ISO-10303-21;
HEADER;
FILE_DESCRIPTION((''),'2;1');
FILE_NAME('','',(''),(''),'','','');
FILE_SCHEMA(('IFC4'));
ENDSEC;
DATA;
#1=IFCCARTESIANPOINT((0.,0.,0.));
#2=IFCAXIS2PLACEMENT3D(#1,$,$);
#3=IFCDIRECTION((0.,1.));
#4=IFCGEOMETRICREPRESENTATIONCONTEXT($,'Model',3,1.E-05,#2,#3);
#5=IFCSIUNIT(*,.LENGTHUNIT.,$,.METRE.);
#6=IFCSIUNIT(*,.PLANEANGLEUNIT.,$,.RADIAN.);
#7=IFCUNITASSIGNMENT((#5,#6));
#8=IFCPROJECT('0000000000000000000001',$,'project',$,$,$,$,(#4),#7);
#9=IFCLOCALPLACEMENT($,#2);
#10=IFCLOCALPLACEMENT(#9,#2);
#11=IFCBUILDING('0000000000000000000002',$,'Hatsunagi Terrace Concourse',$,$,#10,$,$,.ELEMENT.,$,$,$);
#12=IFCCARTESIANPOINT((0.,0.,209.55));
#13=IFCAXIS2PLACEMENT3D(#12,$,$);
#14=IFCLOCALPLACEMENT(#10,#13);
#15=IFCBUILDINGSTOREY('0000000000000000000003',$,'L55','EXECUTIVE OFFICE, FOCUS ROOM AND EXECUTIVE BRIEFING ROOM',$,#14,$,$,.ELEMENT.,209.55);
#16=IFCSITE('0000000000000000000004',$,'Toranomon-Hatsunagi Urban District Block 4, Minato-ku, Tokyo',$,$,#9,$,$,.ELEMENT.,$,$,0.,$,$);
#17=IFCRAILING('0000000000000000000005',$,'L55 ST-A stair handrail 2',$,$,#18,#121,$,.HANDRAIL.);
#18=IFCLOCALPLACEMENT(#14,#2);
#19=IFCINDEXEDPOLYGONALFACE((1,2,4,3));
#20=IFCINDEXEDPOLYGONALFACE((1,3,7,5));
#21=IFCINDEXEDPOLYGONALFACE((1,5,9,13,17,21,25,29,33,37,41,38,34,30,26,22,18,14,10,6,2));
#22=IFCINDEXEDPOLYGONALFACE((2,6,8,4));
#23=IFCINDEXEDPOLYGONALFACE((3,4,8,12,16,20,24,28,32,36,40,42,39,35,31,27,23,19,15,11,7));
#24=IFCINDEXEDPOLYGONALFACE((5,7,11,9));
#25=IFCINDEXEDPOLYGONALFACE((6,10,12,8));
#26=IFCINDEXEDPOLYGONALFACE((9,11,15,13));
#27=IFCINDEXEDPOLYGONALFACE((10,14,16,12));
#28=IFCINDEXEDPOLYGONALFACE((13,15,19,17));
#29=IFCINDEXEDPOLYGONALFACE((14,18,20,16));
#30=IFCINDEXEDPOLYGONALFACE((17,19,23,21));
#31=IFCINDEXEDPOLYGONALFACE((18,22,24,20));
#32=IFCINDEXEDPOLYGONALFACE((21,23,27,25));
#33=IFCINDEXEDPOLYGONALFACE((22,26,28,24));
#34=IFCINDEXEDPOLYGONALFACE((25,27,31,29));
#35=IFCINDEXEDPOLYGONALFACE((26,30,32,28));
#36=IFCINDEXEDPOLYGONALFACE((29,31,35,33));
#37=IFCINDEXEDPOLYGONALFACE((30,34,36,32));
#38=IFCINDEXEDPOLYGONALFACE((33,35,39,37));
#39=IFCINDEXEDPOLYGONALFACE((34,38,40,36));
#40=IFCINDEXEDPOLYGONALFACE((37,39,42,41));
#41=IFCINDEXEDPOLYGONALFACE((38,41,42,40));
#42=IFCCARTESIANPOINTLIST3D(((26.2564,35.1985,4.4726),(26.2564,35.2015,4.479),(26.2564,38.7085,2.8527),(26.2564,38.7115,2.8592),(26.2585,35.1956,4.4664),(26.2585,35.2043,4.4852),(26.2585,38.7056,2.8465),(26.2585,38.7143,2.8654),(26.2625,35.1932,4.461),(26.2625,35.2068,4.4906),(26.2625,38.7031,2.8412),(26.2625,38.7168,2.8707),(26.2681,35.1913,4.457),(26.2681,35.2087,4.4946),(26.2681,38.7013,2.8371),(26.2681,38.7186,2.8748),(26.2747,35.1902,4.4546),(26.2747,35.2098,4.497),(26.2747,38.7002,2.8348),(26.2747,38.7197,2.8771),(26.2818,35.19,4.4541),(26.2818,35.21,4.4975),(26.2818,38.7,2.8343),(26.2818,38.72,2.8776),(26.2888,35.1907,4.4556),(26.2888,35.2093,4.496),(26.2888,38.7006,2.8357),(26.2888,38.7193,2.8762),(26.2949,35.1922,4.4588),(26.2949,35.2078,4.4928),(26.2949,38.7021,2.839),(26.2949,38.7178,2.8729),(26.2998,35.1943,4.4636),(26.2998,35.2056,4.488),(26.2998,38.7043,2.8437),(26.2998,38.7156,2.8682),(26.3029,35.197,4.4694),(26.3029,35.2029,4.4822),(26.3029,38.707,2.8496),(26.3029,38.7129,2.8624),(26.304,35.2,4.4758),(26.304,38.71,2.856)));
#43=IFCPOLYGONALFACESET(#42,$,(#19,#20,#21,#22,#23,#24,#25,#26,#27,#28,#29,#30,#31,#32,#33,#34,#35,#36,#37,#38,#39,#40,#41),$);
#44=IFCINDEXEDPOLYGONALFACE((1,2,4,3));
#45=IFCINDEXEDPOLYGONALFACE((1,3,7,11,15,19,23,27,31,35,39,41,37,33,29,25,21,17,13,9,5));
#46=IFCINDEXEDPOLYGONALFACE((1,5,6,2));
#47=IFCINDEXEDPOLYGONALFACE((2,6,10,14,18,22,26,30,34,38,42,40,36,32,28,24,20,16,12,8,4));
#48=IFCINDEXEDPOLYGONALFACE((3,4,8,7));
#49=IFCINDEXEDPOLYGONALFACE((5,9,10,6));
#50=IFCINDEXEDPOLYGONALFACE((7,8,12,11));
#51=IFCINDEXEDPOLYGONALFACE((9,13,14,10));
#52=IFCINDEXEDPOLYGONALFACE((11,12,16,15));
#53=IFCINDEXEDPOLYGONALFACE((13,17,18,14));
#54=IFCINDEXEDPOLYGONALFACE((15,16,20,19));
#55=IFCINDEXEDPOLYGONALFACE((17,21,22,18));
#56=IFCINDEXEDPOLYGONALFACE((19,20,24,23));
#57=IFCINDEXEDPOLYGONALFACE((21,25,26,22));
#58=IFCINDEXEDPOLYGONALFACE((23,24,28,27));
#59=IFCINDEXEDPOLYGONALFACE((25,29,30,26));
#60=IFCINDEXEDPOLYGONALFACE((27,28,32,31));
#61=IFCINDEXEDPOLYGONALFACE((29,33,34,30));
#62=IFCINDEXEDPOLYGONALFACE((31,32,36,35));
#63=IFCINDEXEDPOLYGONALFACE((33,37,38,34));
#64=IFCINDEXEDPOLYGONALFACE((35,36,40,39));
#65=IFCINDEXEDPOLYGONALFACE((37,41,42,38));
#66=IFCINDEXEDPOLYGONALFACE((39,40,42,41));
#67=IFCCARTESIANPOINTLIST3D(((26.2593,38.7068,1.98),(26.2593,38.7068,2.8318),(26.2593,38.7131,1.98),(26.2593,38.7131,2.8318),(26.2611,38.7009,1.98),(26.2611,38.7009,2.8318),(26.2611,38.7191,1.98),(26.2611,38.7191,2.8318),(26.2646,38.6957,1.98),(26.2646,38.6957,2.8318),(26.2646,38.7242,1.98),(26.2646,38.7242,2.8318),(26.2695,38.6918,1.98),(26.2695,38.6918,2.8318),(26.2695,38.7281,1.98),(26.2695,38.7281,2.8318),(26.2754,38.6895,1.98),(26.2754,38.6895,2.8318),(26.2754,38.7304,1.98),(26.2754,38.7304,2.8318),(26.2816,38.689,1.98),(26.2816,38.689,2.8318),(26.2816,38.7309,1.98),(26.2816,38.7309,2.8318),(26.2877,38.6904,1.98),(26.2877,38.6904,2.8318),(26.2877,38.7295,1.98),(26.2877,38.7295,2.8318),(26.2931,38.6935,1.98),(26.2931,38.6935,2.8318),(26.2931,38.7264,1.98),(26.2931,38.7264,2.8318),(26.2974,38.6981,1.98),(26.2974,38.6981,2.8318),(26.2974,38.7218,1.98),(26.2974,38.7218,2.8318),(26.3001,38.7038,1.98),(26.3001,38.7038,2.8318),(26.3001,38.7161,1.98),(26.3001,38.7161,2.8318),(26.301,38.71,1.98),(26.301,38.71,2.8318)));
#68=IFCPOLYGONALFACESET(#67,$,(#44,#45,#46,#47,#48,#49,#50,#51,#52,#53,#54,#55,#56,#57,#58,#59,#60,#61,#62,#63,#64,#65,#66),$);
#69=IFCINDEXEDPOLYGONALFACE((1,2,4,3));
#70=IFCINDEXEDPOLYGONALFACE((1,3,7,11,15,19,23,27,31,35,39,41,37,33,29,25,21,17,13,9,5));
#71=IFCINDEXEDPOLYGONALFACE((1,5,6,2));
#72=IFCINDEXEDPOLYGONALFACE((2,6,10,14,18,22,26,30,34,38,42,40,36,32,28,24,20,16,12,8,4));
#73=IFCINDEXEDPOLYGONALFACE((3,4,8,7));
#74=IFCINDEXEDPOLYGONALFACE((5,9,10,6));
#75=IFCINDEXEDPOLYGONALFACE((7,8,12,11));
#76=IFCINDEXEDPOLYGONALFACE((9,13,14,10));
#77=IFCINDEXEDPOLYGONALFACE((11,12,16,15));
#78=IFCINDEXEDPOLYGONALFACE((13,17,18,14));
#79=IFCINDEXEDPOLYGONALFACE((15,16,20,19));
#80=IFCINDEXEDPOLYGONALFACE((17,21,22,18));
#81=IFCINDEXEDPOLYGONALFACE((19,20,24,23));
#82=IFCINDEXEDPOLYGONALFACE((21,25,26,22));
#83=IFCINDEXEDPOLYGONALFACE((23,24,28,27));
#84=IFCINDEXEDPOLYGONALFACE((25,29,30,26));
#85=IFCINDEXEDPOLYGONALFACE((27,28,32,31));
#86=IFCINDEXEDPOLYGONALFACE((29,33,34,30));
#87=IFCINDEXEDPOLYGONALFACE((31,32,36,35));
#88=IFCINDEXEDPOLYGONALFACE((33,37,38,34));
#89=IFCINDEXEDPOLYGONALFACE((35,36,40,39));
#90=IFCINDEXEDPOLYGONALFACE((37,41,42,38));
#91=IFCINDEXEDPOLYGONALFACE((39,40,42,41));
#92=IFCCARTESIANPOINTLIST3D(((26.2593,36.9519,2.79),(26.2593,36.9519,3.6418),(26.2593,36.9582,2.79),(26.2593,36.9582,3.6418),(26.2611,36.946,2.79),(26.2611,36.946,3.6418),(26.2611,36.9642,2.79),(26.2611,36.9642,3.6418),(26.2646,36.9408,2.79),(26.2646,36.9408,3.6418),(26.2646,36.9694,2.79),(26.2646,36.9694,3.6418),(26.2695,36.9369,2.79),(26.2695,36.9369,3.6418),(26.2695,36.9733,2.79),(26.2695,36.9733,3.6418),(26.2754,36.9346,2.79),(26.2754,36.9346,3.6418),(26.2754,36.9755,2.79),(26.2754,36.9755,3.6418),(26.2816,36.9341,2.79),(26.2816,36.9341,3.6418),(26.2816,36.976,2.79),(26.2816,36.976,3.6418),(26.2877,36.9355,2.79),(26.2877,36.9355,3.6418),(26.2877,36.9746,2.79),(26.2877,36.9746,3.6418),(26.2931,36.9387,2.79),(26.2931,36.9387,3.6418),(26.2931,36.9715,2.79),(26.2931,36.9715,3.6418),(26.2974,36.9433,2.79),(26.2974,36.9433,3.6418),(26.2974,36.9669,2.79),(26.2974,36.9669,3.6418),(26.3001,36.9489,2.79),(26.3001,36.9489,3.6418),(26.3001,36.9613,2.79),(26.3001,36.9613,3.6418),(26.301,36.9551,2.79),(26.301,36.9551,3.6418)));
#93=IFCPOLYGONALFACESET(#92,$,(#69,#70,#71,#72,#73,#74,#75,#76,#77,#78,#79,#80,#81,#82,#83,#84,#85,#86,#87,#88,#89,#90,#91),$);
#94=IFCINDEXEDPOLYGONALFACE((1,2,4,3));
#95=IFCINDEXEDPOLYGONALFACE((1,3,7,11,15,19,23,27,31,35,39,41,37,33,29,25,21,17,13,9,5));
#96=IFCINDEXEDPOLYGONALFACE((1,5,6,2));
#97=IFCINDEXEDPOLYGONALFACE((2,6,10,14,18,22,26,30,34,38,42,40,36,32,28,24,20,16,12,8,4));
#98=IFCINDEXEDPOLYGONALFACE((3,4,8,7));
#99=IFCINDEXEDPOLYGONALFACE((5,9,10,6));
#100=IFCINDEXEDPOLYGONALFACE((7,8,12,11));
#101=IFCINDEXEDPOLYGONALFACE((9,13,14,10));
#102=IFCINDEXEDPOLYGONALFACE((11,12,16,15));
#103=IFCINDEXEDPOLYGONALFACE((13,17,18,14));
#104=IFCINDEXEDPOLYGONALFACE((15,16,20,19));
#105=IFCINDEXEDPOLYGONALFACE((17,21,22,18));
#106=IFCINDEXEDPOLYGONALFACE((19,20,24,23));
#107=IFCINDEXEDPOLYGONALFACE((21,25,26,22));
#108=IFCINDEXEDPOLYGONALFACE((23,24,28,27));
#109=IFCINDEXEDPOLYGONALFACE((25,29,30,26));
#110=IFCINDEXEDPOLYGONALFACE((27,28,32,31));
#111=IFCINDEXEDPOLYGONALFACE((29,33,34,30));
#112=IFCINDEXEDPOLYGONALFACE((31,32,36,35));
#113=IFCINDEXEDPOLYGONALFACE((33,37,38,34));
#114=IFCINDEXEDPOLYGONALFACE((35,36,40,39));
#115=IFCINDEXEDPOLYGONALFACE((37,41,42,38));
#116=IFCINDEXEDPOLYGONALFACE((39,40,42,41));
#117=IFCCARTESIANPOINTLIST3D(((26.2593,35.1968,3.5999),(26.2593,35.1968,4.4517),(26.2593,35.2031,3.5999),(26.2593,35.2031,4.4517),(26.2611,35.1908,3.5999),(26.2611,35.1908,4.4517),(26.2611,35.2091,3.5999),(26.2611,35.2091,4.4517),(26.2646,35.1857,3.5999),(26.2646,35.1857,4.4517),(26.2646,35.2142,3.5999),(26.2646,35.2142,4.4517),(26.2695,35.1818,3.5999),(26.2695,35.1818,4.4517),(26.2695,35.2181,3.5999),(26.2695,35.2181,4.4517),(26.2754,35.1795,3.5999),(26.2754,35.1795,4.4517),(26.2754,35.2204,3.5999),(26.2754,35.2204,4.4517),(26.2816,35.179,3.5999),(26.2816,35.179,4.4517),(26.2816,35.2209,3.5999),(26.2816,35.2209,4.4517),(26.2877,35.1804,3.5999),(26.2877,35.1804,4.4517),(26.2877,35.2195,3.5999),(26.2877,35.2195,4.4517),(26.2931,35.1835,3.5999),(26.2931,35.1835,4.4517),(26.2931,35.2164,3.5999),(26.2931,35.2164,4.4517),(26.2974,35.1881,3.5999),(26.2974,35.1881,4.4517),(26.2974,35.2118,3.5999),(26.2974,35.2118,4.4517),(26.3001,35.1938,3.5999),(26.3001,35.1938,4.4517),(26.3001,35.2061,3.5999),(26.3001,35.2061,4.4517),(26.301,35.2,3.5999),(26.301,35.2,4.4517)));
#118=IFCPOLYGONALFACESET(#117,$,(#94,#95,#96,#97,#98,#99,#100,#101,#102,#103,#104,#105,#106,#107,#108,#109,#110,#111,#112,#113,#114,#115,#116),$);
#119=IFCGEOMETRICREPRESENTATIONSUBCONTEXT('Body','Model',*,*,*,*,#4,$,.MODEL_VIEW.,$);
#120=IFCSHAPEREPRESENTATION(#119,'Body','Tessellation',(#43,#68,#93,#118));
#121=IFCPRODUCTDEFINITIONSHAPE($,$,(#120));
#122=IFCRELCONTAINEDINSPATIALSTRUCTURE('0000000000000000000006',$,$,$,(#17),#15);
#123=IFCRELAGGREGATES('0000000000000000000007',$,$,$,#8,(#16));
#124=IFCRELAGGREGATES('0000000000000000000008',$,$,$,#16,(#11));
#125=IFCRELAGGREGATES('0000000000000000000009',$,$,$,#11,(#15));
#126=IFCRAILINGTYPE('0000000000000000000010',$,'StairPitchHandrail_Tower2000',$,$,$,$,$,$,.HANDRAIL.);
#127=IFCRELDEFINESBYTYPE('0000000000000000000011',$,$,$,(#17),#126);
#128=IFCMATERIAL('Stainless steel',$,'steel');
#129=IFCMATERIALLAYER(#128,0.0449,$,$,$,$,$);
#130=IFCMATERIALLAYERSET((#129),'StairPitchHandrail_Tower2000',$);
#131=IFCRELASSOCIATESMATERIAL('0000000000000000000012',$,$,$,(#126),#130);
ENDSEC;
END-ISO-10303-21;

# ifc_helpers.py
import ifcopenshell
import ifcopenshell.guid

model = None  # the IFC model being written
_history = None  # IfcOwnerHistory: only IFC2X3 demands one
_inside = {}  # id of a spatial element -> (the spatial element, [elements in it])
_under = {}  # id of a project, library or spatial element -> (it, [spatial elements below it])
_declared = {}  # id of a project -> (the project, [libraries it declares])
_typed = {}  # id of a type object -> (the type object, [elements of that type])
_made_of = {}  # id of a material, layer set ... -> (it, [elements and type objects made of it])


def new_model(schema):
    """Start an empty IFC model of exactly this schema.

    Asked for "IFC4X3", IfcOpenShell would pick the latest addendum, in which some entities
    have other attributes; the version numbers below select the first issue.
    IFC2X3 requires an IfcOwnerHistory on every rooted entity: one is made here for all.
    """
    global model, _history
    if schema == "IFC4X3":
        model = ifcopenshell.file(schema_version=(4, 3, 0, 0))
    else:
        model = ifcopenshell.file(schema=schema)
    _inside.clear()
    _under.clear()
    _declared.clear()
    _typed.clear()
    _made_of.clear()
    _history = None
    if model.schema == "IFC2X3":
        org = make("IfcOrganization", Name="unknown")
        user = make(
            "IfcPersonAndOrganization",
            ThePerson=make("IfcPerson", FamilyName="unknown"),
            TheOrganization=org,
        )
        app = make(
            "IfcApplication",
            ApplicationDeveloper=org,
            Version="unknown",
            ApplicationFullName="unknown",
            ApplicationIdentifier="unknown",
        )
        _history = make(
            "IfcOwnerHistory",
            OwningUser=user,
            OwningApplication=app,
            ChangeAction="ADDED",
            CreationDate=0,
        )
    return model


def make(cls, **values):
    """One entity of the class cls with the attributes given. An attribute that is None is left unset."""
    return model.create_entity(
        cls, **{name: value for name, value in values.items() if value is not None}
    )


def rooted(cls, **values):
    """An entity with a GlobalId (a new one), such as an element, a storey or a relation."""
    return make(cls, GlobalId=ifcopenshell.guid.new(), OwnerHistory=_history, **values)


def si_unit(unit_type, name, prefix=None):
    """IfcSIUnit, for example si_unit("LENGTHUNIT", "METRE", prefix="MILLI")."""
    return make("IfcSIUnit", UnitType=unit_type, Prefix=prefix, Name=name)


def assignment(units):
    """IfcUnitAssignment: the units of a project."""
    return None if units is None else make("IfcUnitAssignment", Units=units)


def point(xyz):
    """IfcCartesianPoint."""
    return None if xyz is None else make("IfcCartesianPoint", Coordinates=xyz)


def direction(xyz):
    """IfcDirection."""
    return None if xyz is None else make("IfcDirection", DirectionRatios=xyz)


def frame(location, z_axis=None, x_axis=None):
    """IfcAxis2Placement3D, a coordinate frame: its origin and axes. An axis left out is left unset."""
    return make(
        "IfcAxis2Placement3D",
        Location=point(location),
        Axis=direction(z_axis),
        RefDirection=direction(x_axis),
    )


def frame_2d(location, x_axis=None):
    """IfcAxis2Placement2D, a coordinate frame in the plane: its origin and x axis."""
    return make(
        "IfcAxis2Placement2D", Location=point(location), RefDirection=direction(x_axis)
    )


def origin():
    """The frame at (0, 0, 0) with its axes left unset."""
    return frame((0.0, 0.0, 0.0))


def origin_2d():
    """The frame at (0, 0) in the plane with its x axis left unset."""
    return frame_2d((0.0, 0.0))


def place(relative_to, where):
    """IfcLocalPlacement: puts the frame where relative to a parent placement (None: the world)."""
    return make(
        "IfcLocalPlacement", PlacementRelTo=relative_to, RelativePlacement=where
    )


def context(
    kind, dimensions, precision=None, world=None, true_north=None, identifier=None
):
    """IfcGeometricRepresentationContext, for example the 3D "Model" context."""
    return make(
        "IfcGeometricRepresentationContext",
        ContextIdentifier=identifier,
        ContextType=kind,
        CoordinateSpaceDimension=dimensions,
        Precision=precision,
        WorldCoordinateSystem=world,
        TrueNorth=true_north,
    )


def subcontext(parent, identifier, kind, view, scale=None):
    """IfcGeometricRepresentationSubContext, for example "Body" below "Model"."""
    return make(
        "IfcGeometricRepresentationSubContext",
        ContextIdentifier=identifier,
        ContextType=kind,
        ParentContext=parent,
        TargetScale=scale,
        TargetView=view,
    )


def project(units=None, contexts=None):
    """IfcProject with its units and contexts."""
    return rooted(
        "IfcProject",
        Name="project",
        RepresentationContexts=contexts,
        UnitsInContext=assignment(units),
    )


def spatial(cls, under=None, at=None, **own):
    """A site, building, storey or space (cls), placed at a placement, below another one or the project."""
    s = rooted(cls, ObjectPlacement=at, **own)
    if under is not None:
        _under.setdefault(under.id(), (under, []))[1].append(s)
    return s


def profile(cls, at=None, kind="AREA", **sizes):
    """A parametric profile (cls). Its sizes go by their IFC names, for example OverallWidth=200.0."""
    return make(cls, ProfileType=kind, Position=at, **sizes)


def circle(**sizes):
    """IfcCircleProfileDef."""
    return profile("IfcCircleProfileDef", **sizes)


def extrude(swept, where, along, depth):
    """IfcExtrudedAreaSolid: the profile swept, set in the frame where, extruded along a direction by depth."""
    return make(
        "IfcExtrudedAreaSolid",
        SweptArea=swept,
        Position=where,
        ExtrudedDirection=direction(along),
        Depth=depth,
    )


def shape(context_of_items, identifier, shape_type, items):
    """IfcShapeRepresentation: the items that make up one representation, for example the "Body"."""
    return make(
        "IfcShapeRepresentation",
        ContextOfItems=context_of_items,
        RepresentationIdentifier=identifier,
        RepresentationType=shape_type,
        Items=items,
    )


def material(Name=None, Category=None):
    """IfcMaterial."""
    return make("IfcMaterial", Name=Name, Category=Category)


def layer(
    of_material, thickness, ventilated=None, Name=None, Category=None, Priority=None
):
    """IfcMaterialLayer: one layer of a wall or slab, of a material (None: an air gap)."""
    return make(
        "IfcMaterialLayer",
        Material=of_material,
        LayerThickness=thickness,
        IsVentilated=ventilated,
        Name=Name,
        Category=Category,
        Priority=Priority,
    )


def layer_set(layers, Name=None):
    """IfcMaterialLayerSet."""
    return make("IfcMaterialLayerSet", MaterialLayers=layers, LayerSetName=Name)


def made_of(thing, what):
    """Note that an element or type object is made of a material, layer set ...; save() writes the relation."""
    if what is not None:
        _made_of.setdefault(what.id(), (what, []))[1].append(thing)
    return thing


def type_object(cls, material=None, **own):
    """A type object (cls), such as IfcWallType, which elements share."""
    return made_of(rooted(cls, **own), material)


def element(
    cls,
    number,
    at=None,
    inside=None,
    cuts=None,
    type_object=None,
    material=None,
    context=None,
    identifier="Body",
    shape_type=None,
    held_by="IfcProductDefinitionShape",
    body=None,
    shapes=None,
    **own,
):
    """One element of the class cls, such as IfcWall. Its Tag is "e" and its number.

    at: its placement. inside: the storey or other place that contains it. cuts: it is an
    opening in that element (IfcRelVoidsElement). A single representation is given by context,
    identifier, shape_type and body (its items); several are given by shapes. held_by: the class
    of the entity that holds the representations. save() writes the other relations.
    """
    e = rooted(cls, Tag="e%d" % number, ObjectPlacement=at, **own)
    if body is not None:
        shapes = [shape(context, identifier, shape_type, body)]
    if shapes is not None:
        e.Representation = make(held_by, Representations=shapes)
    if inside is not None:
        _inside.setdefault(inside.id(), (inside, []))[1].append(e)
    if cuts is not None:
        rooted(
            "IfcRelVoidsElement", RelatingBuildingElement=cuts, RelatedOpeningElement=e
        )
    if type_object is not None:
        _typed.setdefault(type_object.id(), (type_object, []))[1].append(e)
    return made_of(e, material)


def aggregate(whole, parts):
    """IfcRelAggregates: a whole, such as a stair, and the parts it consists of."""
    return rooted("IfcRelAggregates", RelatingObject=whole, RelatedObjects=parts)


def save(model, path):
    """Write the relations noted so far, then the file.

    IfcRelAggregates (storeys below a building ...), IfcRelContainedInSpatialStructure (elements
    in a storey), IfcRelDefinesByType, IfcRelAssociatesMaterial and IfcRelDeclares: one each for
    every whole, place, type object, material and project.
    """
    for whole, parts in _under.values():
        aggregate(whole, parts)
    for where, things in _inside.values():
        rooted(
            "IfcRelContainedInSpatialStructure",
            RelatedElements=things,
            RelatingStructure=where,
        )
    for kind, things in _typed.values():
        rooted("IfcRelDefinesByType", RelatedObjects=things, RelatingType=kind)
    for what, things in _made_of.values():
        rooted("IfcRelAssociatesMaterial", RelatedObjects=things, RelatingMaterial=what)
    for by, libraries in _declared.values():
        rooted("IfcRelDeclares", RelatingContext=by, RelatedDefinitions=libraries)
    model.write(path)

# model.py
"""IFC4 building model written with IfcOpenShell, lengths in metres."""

from ifc_helpers import new_model, si_unit, direction, frame, origin, origin_2d, place, context, subcontext, project, spatial, circle, extrude, material, layer, layer_set, type_object, element, save


model = new_model("IFC4")

# Units and contexts
model_context = context("Model", 3, precision=1e-05, world=origin(), true_north=direction((0.0, 1.0)))
body_context = subcontext(model_context, "Body", "Model", "MODEL_VIEW")
ifc_project = project(units=[si_unit("LENGTHUNIT", "METRE"), si_unit("PLANEANGLEUNIT", "RADIAN")], contexts=[model_context])

# Site, building, storey
site_placement = place(None, origin())
site = spatial("IfcSite", under=ifc_project, at=site_placement, Name="Toranomon-Hatsunagi Urban District Block 4, Minato-ku, Tokyo", CompositionType="ELEMENT", RefElevation=0.0)
building_placement = place(site_placement, origin())
building = spatial("IfcBuilding", under=site, at=building_placement, Name="Hatsunagi Terrace Concourse", CompositionType="ELEMENT")
storey_placement = place(building_placement, frame((0.0, 0.0, 209.55)))
storey = spatial("IfcBuildingStorey", under=building, at=storey_placement, Name="L55", Description="EXECUTIVE OFFICE, FOCUS ROOM AND EXECUTIVE BRIEFING ROOM", CompositionType="ELEMENT", Elevation=209.55)

# Railing
ifc_material_1 = material(Name="Stainless steel", Category="steel")
ifc_layer_1 = layer(ifc_material_1, 0.0449)
ifc_layer_set_1 = layer_set([ifc_layer_1], Name="StairPitchHandrail_Tower2000")
railing_type_1 = type_object("IfcRailingType", Name="StairPitchHandrail_Tower2000", PredefinedType="HANDRAIL", material=ifc_layer_set_1)
railing_1_placement = place(storey_placement, frame((26.28, 38.71, 1.98)))
element("IfcRailing", 1, at=railing_1_placement, inside=storey, type_object=railing_type_1, Name="L55 ST-A stair handrail 2", PredefinedType="HANDRAIL", context=body_context, shape_type="SweptSolid", body=[
    extrude(circle(Radius=0.0239, at=origin_2d()), frame((0.0, 0.0, 0.876), z_axis=(0.0, -0.907972, 0.41903), x_axis=(1.0, 0.0, 0.0)), (0.0, 0.0, 1.0), 3.8657),
    extrude(circle(Radius=0.021, at=origin_2d()), origin(), (0.0, 0.0, 1.0), 0.8518),
    extrude(circle(Radius=0.021, at=origin_2d()), frame((0.0, -1.7549, 0.8101)), (0.0, 0.0, 1.0), 0.8518),
    extrude(circle(Radius=0.021, at=origin_2d()), frame((0.0, -3.51, 1.6199)), (0.0, 0.0, 1.0), 0.8518),
])

save(model, "model.ifc")
